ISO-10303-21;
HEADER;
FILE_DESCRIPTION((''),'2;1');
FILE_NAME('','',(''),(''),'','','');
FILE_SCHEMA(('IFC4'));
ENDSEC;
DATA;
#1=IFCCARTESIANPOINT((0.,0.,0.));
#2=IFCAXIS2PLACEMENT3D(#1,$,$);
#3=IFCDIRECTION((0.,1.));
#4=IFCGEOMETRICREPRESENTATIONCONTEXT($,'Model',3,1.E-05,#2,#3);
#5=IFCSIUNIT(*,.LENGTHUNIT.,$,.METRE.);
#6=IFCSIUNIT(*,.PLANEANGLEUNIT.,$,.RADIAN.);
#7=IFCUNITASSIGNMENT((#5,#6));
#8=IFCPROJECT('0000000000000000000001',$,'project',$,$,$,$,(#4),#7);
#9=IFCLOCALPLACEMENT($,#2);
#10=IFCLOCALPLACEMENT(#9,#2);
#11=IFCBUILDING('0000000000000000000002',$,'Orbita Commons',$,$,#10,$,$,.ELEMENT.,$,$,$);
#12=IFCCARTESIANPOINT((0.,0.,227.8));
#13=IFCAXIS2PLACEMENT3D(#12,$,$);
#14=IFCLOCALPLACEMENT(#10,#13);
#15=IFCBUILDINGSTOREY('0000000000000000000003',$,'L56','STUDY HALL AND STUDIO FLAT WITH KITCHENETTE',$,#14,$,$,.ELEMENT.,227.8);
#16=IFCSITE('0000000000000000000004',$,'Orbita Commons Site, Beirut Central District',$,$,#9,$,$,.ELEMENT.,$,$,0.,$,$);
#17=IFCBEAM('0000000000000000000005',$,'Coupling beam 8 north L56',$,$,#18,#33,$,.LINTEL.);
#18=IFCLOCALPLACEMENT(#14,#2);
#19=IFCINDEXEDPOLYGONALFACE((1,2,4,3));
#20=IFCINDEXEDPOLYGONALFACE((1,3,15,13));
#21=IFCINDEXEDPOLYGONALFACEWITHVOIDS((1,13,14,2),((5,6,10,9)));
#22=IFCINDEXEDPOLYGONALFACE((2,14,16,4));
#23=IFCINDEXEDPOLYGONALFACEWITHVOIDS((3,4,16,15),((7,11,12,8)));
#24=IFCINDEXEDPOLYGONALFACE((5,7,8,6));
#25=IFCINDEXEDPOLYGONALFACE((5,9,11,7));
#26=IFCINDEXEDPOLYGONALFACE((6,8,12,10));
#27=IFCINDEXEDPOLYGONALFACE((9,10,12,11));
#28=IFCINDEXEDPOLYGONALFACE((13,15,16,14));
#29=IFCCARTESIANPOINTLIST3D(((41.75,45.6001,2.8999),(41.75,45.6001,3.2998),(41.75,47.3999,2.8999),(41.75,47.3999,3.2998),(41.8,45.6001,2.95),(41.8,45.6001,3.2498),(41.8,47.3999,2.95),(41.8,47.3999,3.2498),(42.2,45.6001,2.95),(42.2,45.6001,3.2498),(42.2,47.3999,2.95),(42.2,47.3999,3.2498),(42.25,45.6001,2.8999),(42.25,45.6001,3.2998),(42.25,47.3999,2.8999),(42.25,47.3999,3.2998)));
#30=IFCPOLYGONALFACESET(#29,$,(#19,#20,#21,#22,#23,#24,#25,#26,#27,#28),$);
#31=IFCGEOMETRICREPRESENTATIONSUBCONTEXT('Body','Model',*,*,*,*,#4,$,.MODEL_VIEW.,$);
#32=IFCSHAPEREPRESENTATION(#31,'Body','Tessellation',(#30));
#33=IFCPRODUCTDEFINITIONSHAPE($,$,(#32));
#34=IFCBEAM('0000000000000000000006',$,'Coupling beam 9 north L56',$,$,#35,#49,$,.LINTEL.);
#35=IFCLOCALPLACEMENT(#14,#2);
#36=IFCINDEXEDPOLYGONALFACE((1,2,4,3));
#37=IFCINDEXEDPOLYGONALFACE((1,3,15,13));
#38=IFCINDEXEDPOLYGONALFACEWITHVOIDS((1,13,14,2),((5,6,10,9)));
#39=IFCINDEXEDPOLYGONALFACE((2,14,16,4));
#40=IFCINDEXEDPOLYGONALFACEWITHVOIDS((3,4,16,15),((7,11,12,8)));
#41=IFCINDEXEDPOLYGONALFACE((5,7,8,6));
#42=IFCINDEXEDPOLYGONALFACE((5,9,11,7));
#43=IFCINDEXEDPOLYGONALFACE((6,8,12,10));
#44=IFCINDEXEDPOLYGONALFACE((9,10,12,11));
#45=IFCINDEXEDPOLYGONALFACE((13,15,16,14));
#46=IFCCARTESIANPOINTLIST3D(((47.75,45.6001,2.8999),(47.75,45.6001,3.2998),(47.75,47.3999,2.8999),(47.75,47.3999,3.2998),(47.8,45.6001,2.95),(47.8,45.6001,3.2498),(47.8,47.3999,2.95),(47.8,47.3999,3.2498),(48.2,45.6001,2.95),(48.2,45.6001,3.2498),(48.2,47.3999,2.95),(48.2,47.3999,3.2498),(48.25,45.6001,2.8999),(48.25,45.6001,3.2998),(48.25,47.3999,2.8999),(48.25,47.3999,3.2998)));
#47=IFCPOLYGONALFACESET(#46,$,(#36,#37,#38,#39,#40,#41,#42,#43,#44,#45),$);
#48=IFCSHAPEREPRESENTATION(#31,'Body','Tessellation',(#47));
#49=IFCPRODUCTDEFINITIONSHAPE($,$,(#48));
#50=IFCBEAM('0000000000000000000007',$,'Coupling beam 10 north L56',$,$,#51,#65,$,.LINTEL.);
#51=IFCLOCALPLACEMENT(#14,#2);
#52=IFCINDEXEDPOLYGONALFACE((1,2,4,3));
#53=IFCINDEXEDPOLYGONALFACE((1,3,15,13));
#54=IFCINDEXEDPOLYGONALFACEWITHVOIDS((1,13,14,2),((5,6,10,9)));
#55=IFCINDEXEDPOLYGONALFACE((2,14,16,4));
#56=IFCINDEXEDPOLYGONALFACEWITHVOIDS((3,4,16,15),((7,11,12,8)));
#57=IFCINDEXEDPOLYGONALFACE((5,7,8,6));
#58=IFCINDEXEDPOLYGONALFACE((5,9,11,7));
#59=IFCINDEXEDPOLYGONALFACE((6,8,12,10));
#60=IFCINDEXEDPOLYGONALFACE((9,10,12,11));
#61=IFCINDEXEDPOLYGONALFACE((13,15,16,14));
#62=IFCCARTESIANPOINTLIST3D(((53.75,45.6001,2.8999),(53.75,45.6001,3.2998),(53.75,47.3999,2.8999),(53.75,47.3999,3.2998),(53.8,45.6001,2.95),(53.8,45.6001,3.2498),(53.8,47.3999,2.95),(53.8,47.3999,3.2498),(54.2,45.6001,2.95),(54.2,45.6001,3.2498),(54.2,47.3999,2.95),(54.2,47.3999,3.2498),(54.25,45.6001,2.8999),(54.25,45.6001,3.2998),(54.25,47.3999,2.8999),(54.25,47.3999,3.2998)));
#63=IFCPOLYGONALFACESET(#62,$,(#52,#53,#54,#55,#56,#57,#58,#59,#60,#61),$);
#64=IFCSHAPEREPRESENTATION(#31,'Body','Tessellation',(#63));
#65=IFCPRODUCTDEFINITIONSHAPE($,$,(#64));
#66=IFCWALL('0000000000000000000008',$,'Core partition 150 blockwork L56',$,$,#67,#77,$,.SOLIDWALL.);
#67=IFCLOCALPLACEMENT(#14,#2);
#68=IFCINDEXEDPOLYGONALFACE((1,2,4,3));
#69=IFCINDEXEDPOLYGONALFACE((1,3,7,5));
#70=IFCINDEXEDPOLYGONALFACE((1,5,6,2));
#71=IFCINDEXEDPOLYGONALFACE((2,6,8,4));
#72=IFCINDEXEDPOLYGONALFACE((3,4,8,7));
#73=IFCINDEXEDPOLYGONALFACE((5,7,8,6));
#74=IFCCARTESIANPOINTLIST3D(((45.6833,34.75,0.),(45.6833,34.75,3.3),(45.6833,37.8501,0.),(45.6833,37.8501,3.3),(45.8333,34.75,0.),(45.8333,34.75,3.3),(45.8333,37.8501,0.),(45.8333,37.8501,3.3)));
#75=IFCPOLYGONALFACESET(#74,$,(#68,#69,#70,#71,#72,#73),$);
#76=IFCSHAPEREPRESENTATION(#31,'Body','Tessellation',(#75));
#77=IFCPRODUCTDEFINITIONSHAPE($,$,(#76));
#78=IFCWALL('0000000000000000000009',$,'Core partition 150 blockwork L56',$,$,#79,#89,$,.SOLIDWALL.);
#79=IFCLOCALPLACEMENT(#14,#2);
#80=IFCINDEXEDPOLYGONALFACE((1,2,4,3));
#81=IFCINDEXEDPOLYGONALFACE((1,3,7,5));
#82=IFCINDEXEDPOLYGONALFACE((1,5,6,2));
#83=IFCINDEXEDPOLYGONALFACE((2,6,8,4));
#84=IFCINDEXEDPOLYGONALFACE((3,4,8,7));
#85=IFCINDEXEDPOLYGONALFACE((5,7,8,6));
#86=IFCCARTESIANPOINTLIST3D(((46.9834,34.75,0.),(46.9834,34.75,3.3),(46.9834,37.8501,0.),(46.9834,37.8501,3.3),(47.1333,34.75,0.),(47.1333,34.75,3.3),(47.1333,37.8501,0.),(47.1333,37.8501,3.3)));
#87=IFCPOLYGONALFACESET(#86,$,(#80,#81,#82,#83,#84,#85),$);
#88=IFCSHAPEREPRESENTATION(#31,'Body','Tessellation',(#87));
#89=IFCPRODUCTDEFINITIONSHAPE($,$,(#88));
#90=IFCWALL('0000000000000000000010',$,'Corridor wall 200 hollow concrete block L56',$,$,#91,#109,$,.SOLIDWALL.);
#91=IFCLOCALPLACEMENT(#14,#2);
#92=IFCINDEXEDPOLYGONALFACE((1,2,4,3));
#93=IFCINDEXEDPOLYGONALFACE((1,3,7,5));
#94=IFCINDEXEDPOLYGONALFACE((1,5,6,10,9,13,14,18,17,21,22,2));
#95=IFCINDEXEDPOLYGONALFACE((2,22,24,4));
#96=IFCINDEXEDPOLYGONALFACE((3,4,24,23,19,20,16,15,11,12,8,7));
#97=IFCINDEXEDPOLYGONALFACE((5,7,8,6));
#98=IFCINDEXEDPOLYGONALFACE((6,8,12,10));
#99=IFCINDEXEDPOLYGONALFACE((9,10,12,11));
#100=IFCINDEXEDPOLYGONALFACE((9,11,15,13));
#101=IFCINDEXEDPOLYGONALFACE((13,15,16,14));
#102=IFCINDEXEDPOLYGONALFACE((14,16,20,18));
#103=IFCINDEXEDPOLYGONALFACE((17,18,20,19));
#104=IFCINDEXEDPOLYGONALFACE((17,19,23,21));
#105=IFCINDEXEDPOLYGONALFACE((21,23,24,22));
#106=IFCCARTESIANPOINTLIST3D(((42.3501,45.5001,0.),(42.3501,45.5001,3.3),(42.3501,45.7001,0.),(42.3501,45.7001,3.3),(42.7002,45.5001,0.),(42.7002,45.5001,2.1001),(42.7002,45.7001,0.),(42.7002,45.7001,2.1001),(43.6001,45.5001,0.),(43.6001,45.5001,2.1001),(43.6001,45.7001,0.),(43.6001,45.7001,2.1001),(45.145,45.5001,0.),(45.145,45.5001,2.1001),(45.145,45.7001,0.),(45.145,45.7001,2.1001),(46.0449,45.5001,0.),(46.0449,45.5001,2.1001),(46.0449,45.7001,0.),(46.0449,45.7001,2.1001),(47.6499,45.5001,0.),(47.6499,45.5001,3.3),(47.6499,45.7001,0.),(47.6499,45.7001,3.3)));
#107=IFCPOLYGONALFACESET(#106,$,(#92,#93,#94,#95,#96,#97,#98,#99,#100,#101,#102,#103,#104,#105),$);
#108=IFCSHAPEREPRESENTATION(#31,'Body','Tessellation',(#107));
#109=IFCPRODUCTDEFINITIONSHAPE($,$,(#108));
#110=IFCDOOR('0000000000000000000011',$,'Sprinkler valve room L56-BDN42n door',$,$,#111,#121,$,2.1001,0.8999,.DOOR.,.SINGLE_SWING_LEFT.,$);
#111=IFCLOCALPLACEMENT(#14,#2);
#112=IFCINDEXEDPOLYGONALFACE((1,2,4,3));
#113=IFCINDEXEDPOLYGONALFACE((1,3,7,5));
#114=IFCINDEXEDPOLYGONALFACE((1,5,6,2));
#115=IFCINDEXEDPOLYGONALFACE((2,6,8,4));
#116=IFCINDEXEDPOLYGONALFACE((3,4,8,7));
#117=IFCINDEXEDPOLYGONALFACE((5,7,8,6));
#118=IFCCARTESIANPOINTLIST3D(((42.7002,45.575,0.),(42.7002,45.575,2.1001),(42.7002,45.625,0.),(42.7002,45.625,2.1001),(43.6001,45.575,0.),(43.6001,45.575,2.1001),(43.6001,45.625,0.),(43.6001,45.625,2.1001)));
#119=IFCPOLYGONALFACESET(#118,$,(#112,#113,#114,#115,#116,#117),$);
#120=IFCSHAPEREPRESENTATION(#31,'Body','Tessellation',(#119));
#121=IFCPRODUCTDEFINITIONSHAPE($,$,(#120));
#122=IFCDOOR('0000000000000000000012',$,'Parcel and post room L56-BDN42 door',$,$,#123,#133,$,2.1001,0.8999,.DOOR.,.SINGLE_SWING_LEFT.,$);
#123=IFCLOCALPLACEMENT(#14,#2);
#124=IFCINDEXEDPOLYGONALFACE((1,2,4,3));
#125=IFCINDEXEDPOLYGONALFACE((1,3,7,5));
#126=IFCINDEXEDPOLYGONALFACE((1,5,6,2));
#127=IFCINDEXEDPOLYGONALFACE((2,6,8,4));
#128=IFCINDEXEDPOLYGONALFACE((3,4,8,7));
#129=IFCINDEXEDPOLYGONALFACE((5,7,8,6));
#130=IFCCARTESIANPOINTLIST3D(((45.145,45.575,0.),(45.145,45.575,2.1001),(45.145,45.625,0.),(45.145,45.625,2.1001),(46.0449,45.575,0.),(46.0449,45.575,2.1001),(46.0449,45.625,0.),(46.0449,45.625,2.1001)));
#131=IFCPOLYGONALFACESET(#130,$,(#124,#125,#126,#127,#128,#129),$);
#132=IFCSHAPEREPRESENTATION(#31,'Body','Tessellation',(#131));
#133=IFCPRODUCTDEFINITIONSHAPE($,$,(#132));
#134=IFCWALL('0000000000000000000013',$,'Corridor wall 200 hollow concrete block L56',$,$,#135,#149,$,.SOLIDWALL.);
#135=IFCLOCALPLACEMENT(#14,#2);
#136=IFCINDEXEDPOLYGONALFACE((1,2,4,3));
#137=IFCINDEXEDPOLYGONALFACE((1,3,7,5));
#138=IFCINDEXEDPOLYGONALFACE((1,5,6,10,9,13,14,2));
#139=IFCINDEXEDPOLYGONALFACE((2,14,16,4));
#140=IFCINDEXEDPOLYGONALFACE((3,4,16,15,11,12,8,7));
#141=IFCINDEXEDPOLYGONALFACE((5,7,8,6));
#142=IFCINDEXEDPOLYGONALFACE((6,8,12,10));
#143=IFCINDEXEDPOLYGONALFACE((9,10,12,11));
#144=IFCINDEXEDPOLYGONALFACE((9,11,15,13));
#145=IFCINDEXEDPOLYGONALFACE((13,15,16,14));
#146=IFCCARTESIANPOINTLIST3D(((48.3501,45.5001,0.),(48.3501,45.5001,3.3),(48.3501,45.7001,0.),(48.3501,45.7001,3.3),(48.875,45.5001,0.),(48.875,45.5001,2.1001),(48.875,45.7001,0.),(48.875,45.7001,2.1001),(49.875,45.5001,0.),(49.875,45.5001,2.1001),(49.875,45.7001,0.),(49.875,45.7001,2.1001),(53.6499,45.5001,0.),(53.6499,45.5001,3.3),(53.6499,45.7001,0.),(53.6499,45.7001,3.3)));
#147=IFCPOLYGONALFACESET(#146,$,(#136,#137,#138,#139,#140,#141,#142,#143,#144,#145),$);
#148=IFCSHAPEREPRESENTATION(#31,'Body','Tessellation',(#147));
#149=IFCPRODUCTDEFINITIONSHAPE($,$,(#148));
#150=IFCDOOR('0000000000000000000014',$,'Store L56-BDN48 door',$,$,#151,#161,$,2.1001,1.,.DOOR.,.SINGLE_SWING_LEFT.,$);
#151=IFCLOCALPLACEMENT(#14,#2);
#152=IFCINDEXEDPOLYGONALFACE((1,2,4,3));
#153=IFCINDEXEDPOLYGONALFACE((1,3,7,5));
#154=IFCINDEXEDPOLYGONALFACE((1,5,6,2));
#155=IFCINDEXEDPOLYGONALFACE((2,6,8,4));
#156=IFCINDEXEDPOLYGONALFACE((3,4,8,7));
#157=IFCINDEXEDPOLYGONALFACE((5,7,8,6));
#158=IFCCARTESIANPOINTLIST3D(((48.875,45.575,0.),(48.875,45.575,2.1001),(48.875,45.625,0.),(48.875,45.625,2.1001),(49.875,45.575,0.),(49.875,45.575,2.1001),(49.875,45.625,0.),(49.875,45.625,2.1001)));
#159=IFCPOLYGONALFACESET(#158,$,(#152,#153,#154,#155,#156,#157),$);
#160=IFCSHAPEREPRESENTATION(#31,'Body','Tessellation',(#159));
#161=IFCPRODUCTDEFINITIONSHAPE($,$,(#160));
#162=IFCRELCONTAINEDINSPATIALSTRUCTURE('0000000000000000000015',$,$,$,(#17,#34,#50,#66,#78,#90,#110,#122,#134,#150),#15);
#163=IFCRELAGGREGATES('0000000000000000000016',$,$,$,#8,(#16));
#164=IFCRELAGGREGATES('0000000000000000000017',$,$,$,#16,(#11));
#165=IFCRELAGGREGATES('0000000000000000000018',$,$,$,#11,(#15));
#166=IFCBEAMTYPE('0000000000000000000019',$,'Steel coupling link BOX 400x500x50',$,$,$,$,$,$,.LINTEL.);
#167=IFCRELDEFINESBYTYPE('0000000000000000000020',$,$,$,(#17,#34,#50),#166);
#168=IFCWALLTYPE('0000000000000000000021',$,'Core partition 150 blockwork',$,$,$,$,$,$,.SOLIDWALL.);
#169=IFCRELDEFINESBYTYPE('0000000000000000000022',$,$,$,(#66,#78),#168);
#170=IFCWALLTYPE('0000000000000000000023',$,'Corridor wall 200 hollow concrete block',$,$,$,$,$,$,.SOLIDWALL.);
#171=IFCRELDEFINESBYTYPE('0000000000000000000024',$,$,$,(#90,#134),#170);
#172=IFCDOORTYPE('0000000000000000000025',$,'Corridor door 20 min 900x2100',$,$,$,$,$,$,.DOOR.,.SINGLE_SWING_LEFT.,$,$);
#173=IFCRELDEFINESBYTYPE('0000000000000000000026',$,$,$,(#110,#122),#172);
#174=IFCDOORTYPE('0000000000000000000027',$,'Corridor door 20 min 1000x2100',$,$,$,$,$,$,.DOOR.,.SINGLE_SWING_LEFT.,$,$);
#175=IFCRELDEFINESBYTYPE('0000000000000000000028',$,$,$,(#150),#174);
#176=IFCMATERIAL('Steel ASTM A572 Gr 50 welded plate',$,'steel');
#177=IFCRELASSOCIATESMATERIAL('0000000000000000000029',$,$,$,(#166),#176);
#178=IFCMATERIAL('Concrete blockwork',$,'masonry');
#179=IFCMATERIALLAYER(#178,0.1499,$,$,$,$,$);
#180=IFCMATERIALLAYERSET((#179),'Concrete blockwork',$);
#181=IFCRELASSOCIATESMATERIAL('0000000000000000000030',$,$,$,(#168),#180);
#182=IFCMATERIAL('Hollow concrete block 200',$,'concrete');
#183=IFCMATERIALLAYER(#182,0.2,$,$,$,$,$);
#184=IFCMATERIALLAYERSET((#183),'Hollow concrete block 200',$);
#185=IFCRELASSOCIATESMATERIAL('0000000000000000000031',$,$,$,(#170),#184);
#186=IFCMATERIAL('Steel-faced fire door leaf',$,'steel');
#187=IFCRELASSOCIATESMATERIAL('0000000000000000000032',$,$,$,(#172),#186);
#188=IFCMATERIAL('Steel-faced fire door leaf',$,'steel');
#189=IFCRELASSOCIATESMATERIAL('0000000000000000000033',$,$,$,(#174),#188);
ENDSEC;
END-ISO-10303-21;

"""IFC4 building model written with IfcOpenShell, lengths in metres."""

from ifc_helpers import new_model, si_unit, direction, frame, frame_2d, origin, origin_2d, place, context, subcontext, project, spatial, rectangle, hollow_rectangle, extrude, material, layer, layer_set, material_profile, profile_set, type_object, element, fill, save


model = new_model("IFC4")

# Units and contexts
model_context = context("Model", 3, precision=1e-05, world=origin(), true_north=direction((0.0, 1.0)))
body_context = subcontext(model_context, "Body", "Model", "MODEL_VIEW")
ifc_project = project(units=[si_unit("LENGTHUNIT", "METRE"), si_unit("PLANEANGLEUNIT", "RADIAN")], contexts=[model_context])

# Site, building, storey
site_placement = place(None, origin())
site = spatial("IfcSite", under=ifc_project, at=site_placement, Name="Orbita Commons Site, Beirut Central District", CompositionType="ELEMENT", RefElevation=0.0)
building_placement = place(site_placement, origin())
building = spatial("IfcBuilding", under=site, at=building_placement, Name="Orbita Commons", CompositionType="ELEMENT")
storey_placement = place(building_placement, frame((0.0, 0.0, 227.8)))
storey = spatial("IfcBuildingStorey", under=building, at=storey_placement, Name="L56", Description="STUDY HALL AND STUDIO FLAT WITH KITCHENETTE", CompositionType="ELEMENT", Elevation=227.8)

# Beams
ifc_material_1 = material(Name="Steel ASTM A572 Gr 50 welded plate", Category="steel")
ifc_material_profile = material_profile(ifc_material_1, hollow_rectangle(XDim=0.5, YDim=0.3999, WallThickness=0.05, at=origin_2d()), Name="BOX 400x500x50")
ifc_profile_set = profile_set([ifc_material_profile], Name="Steel ASTM A572 Gr 50 welded plate")
beam_type = type_object("IfcBeamType", Name="Steel coupling link BOX 400x500x50", PredefinedType="LINTEL", material=ifc_profile_set)
for number, where, z_axis, x_axis, name in (
    (1, (42.0, 45.6001, 3.0999), (0.0, 1.0, 0.0), (-1.0, 0.0, 0.0), "Coupling beam 8 north L56"),
    (2, (48.0, 45.6001, 3.0999), (0.0, 1.0, 0.0), (-1.0, 0.0, 0.0), "Coupling beam 9 north L56"),
    (3, (54.0, 45.6001, 3.0999), (0.0, 1.0, 0.0), (-1.0, 0.0, 0.0), "Coupling beam 10 north L56"),
):
    element("IfcBeam", number, at=place(storey_placement, frame(where, z_axis=z_axis, x_axis=x_axis)), inside=storey, type_object=beam_type, Name=name, PredefinedType="LINTEL", context=body_context, shape_type="SweptSolid", body=[
        extrude(hollow_rectangle(XDim=0.5, YDim=0.3999, WallThickness=0.05, at=origin_2d()), origin(), (0.0, 0.0, 1.0), 1.7998),
    ])

# Walls
ifc_material_2 = material(Name="Concrete blockwork", Category="masonry")
ifc_layer_1 = layer(ifc_material_2, 0.1499)
ifc_layer_set_1 = layer_set([ifc_layer_1], Name="Concrete blockwork")
wall_type_1 = type_object("IfcWallType", Name="Core partition 150 blockwork", PredefinedType="SOLIDWALL", material=ifc_layer_set_1)
for number, where, z_axis, x_axis, name in (
    (4, (45.7583, 34.75, 0.0), (0.0, 0.0, 1.0), (0.0, 1.0, 0.0), "Core partition 150 blockwork L56"),
    (5, (47.0583, 34.75, 0.0), (0.0, 0.0, 1.0), (0.0, 1.0, 0.0), "Core partition 150 blockwork L56"),
):
    element("IfcWall", number, at=place(storey_placement, frame(where, z_axis=z_axis, x_axis=x_axis)), inside=storey, type_object=wall_type_1, Name=name, PredefinedType="SOLIDWALL", context=body_context, shape_type="SweptSolid", body=[
        extrude(rectangle(XDim=3.1001, YDim=0.1499, at=frame_2d((1.55, 0.0))), origin(), (0.0, 0.0, 1.0), 3.3),
    ])

# Wall, openings, doors
ifc_material_3 = material(Name="Hollow concrete block 200", Category="concrete")
ifc_layer_2 = layer(ifc_material_3, 0.2)
ifc_layer_set_2 = layer_set([ifc_layer_2], Name="Hollow concrete block 200")
wall_type_2 = type_object("IfcWallType", Name="Corridor wall 200 hollow concrete block", PredefinedType="SOLIDWALL", material=ifc_layer_set_2)
wall_1_placement = place(storey_placement, frame((42.3501, 45.6001, 0.0), z_axis=(0.0, 0.0, 1.0), x_axis=(1.0, 0.0, 0.0)))
wall_1 = element("IfcWall", 6, at=wall_1_placement, inside=storey, type_object=wall_type_2, Name="Corridor wall 200 hollow concrete block L56", PredefinedType="SOLIDWALL", context=body_context, shape_type="SweptSolid", body=[
    extrude(rectangle(XDim=5.2998, YDim=0.2, at=frame_2d((2.6499, 0.0))), origin(), (0.0, 0.0, 1.0), 3.3),
])
opening_1_placement = place(wall_1_placement, frame((0.3501, 0.0, 0.0)))
opening_1 = element("IfcOpeningElement", 7, at=opening_1_placement, cuts=wall_1, PredefinedType="OPENING", context=body_context, shape_type="SweptSolid", body=[
    extrude(rectangle(XDim=0.8999, YDim=2.1001, at=frame_2d((0.45, 1.05))), frame((0.0, 0.1099, 0.0), z_axis=(0.0, -1.0, 0.0), x_axis=(1.0, 0.0, 0.0)), (0.0, 0.0, 1.0), 0.22),
])
opening_2_placement = place(wall_1_placement, frame((2.7949, 0.0, 0.0)))
opening_2 = element("IfcOpeningElement", 8, at=opening_2_placement, cuts=wall_1, PredefinedType="OPENING", context=body_context, shape_type="SweptSolid", body=[
    extrude(rectangle(XDim=0.8999, YDim=2.1001, at=frame_2d((0.45, 1.05))), frame((0.0, 0.1099, 0.0), z_axis=(0.0, -1.0, 0.0), x_axis=(1.0, 0.0, 0.0)), (0.0, 0.0, 1.0), 0.22),
])
ifc_material_4 = material(Name="Steel-faced fire door leaf", Category="steel")
door_type_1 = type_object("IfcDoorType", Name="Corridor door 20 min 900x2100", OperationType="SINGLE_SWING_LEFT", PredefinedType="DOOR", material=ifc_material_4)
door_1_placement = place(opening_1_placement, origin())
door_1 = element("IfcDoor", 9, at=door_1_placement, inside=storey, type_object=door_type_1, Name="Sprinkler valve room L56-BDN42n door", OperationType="SINGLE_SWING_LEFT", OverallHeight=2.1001, OverallWidth=0.8999, PredefinedType="DOOR", context=body_context, shape_type="SweptSolid", body=[
    extrude(rectangle(XDim=0.8999, YDim=2.1001, at=frame_2d((0.45, 1.05))), frame((0.0, 0.0249, 0.0), z_axis=(0.0, -1.0, 0.0), x_axis=(1.0, 0.0, 0.0)), (0.0, 0.0, 1.0), 0.05),
])
fill(opening_1, door_1)
door_2_placement = place(opening_2_placement, origin())
door_2 = element("IfcDoor", 10, at=door_2_placement, inside=storey, type_object=door_type_1, Name="Parcel and post room L56-BDN42 door", OperationType="SINGLE_SWING_LEFT", OverallHeight=2.1001, OverallWidth=0.8999, PredefinedType="DOOR", context=body_context, shape_type="SweptSolid", body=[
    extrude(rectangle(XDim=0.8999, YDim=2.1001, at=frame_2d((0.45, 1.05))), frame((0.0, 0.0249, 0.0), z_axis=(0.0, -1.0, 0.0), x_axis=(1.0, 0.0, 0.0)), (0.0, 0.0, 1.0), 0.05),
])
fill(opening_2, door_2)

# Wall, opening, door
wall_2_placement = place(storey_placement, frame((48.3501, 45.6001, 0.0), z_axis=(0.0, 0.0, 1.0), x_axis=(1.0, 0.0, 0.0)))
wall_2 = element("IfcWall", 11, at=wall_2_placement, inside=storey, type_object=wall_type_2, Name="Corridor wall 200 hollow concrete block L56", PredefinedType="SOLIDWALL", context=body_context, shape_type="SweptSolid", body=[
    extrude(rectangle(XDim=5.2998, YDim=0.2, at=frame_2d((2.6499, 0.0))), origin(), (0.0, 0.0, 1.0), 3.3),
])
opening_3_placement = place(wall_2_placement, frame((0.5249, 0.0, 0.0)))
opening_3 = element("IfcOpeningElement", 12, at=opening_3_placement, cuts=wall_2, PredefinedType="OPENING", context=body_context, shape_type="SweptSolid", body=[
    extrude(rectangle(XDim=1.0, YDim=2.1001, at=frame_2d((0.5, 1.05))), frame((0.0, 0.1099, 0.0), z_axis=(0.0, -1.0, 0.0), x_axis=(1.0, 0.0, 0.0)), (0.0, 0.0, 1.0), 0.22),
])
ifc_material_5 = material(Name="Steel-faced fire door leaf", Category="steel")
door_type_2 = type_object("IfcDoorType", Name="Corridor door 20 min 1000x2100", OperationType="SINGLE_SWING_LEFT", PredefinedType="DOOR", material=ifc_material_5)
door_3_placement = place(opening_3_placement, origin())
door_3 = element("IfcDoor", 13, at=door_3_placement, inside=storey, type_object=door_type_2, Name="Store L56-BDN48 door", OperationType="SINGLE_SWING_LEFT", OverallHeight=2.1001, OverallWidth=1.0, PredefinedType="DOOR", context=body_context, shape_type="SweptSolid", body=[
    extrude(rectangle(XDim=1.0, YDim=2.1001, at=frame_2d((0.5, 1.05))), frame((0.0, 0.0249, 0.0), z_axis=(0.0, -1.0, 0.0), x_axis=(1.0, 0.0, 0.0)), (0.0, 0.0, 1.0), 0.05),
])
fill(opening_3, door_3)

save(model, "model.ifc")
